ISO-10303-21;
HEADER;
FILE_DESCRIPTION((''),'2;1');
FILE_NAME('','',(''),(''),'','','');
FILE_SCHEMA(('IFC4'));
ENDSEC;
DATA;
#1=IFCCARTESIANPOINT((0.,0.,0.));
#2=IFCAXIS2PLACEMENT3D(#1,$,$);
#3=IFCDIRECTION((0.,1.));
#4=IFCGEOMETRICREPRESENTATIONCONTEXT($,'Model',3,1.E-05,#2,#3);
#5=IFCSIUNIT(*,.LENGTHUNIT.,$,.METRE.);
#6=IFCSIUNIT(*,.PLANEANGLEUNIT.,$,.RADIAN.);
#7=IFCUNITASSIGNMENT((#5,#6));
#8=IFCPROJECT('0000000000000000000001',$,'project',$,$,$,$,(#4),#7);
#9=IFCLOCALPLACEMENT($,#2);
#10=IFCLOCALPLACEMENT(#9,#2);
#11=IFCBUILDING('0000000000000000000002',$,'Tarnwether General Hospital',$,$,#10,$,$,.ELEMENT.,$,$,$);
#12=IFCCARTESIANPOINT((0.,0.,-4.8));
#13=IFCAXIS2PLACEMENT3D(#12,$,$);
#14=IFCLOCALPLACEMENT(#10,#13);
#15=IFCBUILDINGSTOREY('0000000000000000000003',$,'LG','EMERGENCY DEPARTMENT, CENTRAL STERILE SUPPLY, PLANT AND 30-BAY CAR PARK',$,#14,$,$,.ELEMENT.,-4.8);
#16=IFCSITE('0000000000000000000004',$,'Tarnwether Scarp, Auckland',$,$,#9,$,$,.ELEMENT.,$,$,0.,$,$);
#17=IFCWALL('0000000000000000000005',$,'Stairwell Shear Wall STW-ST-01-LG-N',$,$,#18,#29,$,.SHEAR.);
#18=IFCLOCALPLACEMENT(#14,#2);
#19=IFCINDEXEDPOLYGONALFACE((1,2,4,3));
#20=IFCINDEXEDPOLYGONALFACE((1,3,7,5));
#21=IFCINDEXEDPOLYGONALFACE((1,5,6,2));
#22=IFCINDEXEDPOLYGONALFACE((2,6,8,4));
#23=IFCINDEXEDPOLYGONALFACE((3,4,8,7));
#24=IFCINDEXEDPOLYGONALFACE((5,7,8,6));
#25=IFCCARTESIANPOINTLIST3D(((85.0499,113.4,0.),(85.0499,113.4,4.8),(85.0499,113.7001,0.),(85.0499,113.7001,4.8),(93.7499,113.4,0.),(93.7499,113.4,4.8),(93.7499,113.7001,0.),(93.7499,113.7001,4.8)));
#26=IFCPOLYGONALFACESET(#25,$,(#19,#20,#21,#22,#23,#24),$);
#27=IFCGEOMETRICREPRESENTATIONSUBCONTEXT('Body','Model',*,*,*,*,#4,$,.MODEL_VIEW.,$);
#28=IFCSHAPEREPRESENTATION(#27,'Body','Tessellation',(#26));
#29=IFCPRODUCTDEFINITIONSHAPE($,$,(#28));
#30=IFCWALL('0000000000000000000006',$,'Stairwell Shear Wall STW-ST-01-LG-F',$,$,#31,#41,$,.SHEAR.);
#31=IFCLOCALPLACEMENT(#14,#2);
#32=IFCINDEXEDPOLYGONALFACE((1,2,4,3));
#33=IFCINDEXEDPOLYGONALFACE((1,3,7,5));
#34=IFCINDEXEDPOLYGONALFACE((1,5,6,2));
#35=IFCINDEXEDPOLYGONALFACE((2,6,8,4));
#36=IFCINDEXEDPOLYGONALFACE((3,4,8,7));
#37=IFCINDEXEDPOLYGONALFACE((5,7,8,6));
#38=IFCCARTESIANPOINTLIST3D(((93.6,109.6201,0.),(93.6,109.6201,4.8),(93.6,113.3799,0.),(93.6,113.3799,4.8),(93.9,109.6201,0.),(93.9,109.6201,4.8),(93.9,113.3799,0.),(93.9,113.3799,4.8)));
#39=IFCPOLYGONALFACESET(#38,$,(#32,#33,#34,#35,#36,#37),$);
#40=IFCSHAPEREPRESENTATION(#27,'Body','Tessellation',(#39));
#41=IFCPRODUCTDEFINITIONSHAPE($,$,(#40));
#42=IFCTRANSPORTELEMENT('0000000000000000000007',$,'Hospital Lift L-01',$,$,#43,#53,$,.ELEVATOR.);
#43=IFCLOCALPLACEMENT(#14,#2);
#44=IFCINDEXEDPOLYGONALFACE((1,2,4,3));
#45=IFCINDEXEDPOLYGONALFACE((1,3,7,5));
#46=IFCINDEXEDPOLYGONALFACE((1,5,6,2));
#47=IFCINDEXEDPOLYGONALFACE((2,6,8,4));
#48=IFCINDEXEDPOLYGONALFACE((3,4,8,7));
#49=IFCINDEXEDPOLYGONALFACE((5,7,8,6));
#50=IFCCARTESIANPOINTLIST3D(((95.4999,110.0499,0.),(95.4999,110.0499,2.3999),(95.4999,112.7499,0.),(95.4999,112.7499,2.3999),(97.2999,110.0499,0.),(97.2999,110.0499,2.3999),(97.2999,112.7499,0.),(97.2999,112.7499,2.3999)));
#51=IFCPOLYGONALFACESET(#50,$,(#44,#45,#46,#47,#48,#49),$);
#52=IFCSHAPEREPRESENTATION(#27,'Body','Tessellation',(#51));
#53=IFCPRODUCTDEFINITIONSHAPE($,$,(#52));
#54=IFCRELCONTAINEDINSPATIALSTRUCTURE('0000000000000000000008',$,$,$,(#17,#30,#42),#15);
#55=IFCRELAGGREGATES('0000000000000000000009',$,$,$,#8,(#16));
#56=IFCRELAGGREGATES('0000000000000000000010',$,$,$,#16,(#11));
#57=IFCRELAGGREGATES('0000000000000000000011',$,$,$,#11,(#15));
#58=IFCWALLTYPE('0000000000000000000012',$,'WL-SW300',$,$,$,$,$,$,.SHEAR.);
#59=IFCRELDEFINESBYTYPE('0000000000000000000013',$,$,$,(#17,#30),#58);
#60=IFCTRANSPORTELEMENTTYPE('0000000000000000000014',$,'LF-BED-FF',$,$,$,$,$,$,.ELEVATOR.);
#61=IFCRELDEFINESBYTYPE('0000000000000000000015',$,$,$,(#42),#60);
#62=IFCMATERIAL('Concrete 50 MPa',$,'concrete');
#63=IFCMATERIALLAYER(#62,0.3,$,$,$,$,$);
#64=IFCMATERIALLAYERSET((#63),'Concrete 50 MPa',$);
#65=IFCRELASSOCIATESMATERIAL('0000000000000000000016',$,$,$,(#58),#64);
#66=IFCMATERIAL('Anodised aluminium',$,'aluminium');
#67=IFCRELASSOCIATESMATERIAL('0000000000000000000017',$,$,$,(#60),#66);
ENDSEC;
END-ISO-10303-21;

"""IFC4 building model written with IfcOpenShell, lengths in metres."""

from ifc_helpers import new_model, si_unit, direction, frame, frame_2d, origin, origin_2d, place, context, subcontext, project, spatial, rectangle, extrude, material, layer, layer_set, type_object, element, save


model = new_model("IFC4")

# Units and contexts
model_context = context("Model", 3, precision=1e-05, world=origin(), true_north=direction((0.0, 1.0)))
body_context = subcontext(model_context, "Body", "Model", "MODEL_VIEW")
ifc_project = project(units=[si_unit("LENGTHUNIT", "METRE"), si_unit("PLANEANGLEUNIT", "RADIAN")], contexts=[model_context])

# Site, building, storey
site_placement = place(None, origin())
site = spatial("IfcSite", under=ifc_project, at=site_placement, Name="Tarnwether Scarp, Auckland", CompositionType="ELEMENT", RefElevation=0.0)
building_placement = place(site_placement, origin())
building = spatial("IfcBuilding", under=site, at=building_placement, Name="Tarnwether General Hospital", CompositionType="ELEMENT")
storey_placement = place(building_placement, frame((0.0, 0.0, -4.8)))
storey = spatial("IfcBuildingStorey", under=building, at=storey_placement, Name="LG", Description="EMERGENCY DEPARTMENT, CENTRAL STERILE SUPPLY, PLANT AND 30-BAY CAR PARK", CompositionType="ELEMENT", Elevation=-4.8)

# Walls
ifc_material_1 = material(Name="Concrete 50 MPa", Category="concrete")
ifc_layer_1 = layer(ifc_material_1, 0.3)
ifc_layer_set_1 = layer_set([ifc_layer_1], Name="Concrete 50 MPa")
wall_type_1 = type_object("IfcWallType", Name="WL-SW300", PredefinedType="SHEAR", material=ifc_layer_set_1)
wall_1_placement = place(storey_placement, frame((93.75, 113.55, 0.0), z_axis=(0.0, 0.0, 1.0), x_axis=(-1.0, 0.0, 0.0)))
element("IfcWall", 1, at=wall_1_placement, inside=storey, type_object=wall_type_1, Name="Stairwell Shear Wall STW-ST-01-LG-N", PredefinedType="SHEAR", context=body_context, shape_type="SweptSolid", body=[
    extrude(rectangle(XDim=8.7, YDim=0.3, at=frame_2d((4.3501, 0.0))), origin(), (0.0, 0.0, 1.0), 4.8),
])
wall_2_placement = place(storey_placement, frame((93.75, 109.6201, 0.0), z_axis=(0.0, 0.0, 1.0), x_axis=(0.0, 1.0, 0.0)))
element("IfcWall", 2, at=wall_2_placement, inside=storey, type_object=wall_type_1, Name="Stairwell Shear Wall STW-ST-01-LG-F", PredefinedType="SHEAR", context=body_context, shape_type="SweptSolid", body=[
    extrude(rectangle(XDim=3.7598, YDim=0.3, at=frame_2d((1.8799, 0.0))), origin(), (0.0, 0.0, 1.0), 4.8),
])

# Transport element
ifc_material_2 = material(Name="Anodised aluminium", Category="aluminium")
transport_element_type = type_object("IfcTransportElementType", Name="LF-BED-FF", PredefinedType="ELEVATOR", material=ifc_material_2)
transport_element_placement = place(storey_placement, frame((96.3999, 111.3999, 0.0), z_axis=(0.0, 0.0, 1.0), x_axis=(1.0, 0.0, 0.0)))
element("IfcTransportElement", 3, at=transport_element_placement, inside=storey, type_object=transport_element_type, Name="Hospital Lift L-01", PredefinedType="ELEVATOR", context=body_context, shape_type="SweptSolid", body=[
    extrude(rectangle(XDim=1.8, YDim=2.7, at=origin_2d()), origin(), (0.0, 0.0, 1.0), 2.3999),
])

save(model, "model.ifc")
